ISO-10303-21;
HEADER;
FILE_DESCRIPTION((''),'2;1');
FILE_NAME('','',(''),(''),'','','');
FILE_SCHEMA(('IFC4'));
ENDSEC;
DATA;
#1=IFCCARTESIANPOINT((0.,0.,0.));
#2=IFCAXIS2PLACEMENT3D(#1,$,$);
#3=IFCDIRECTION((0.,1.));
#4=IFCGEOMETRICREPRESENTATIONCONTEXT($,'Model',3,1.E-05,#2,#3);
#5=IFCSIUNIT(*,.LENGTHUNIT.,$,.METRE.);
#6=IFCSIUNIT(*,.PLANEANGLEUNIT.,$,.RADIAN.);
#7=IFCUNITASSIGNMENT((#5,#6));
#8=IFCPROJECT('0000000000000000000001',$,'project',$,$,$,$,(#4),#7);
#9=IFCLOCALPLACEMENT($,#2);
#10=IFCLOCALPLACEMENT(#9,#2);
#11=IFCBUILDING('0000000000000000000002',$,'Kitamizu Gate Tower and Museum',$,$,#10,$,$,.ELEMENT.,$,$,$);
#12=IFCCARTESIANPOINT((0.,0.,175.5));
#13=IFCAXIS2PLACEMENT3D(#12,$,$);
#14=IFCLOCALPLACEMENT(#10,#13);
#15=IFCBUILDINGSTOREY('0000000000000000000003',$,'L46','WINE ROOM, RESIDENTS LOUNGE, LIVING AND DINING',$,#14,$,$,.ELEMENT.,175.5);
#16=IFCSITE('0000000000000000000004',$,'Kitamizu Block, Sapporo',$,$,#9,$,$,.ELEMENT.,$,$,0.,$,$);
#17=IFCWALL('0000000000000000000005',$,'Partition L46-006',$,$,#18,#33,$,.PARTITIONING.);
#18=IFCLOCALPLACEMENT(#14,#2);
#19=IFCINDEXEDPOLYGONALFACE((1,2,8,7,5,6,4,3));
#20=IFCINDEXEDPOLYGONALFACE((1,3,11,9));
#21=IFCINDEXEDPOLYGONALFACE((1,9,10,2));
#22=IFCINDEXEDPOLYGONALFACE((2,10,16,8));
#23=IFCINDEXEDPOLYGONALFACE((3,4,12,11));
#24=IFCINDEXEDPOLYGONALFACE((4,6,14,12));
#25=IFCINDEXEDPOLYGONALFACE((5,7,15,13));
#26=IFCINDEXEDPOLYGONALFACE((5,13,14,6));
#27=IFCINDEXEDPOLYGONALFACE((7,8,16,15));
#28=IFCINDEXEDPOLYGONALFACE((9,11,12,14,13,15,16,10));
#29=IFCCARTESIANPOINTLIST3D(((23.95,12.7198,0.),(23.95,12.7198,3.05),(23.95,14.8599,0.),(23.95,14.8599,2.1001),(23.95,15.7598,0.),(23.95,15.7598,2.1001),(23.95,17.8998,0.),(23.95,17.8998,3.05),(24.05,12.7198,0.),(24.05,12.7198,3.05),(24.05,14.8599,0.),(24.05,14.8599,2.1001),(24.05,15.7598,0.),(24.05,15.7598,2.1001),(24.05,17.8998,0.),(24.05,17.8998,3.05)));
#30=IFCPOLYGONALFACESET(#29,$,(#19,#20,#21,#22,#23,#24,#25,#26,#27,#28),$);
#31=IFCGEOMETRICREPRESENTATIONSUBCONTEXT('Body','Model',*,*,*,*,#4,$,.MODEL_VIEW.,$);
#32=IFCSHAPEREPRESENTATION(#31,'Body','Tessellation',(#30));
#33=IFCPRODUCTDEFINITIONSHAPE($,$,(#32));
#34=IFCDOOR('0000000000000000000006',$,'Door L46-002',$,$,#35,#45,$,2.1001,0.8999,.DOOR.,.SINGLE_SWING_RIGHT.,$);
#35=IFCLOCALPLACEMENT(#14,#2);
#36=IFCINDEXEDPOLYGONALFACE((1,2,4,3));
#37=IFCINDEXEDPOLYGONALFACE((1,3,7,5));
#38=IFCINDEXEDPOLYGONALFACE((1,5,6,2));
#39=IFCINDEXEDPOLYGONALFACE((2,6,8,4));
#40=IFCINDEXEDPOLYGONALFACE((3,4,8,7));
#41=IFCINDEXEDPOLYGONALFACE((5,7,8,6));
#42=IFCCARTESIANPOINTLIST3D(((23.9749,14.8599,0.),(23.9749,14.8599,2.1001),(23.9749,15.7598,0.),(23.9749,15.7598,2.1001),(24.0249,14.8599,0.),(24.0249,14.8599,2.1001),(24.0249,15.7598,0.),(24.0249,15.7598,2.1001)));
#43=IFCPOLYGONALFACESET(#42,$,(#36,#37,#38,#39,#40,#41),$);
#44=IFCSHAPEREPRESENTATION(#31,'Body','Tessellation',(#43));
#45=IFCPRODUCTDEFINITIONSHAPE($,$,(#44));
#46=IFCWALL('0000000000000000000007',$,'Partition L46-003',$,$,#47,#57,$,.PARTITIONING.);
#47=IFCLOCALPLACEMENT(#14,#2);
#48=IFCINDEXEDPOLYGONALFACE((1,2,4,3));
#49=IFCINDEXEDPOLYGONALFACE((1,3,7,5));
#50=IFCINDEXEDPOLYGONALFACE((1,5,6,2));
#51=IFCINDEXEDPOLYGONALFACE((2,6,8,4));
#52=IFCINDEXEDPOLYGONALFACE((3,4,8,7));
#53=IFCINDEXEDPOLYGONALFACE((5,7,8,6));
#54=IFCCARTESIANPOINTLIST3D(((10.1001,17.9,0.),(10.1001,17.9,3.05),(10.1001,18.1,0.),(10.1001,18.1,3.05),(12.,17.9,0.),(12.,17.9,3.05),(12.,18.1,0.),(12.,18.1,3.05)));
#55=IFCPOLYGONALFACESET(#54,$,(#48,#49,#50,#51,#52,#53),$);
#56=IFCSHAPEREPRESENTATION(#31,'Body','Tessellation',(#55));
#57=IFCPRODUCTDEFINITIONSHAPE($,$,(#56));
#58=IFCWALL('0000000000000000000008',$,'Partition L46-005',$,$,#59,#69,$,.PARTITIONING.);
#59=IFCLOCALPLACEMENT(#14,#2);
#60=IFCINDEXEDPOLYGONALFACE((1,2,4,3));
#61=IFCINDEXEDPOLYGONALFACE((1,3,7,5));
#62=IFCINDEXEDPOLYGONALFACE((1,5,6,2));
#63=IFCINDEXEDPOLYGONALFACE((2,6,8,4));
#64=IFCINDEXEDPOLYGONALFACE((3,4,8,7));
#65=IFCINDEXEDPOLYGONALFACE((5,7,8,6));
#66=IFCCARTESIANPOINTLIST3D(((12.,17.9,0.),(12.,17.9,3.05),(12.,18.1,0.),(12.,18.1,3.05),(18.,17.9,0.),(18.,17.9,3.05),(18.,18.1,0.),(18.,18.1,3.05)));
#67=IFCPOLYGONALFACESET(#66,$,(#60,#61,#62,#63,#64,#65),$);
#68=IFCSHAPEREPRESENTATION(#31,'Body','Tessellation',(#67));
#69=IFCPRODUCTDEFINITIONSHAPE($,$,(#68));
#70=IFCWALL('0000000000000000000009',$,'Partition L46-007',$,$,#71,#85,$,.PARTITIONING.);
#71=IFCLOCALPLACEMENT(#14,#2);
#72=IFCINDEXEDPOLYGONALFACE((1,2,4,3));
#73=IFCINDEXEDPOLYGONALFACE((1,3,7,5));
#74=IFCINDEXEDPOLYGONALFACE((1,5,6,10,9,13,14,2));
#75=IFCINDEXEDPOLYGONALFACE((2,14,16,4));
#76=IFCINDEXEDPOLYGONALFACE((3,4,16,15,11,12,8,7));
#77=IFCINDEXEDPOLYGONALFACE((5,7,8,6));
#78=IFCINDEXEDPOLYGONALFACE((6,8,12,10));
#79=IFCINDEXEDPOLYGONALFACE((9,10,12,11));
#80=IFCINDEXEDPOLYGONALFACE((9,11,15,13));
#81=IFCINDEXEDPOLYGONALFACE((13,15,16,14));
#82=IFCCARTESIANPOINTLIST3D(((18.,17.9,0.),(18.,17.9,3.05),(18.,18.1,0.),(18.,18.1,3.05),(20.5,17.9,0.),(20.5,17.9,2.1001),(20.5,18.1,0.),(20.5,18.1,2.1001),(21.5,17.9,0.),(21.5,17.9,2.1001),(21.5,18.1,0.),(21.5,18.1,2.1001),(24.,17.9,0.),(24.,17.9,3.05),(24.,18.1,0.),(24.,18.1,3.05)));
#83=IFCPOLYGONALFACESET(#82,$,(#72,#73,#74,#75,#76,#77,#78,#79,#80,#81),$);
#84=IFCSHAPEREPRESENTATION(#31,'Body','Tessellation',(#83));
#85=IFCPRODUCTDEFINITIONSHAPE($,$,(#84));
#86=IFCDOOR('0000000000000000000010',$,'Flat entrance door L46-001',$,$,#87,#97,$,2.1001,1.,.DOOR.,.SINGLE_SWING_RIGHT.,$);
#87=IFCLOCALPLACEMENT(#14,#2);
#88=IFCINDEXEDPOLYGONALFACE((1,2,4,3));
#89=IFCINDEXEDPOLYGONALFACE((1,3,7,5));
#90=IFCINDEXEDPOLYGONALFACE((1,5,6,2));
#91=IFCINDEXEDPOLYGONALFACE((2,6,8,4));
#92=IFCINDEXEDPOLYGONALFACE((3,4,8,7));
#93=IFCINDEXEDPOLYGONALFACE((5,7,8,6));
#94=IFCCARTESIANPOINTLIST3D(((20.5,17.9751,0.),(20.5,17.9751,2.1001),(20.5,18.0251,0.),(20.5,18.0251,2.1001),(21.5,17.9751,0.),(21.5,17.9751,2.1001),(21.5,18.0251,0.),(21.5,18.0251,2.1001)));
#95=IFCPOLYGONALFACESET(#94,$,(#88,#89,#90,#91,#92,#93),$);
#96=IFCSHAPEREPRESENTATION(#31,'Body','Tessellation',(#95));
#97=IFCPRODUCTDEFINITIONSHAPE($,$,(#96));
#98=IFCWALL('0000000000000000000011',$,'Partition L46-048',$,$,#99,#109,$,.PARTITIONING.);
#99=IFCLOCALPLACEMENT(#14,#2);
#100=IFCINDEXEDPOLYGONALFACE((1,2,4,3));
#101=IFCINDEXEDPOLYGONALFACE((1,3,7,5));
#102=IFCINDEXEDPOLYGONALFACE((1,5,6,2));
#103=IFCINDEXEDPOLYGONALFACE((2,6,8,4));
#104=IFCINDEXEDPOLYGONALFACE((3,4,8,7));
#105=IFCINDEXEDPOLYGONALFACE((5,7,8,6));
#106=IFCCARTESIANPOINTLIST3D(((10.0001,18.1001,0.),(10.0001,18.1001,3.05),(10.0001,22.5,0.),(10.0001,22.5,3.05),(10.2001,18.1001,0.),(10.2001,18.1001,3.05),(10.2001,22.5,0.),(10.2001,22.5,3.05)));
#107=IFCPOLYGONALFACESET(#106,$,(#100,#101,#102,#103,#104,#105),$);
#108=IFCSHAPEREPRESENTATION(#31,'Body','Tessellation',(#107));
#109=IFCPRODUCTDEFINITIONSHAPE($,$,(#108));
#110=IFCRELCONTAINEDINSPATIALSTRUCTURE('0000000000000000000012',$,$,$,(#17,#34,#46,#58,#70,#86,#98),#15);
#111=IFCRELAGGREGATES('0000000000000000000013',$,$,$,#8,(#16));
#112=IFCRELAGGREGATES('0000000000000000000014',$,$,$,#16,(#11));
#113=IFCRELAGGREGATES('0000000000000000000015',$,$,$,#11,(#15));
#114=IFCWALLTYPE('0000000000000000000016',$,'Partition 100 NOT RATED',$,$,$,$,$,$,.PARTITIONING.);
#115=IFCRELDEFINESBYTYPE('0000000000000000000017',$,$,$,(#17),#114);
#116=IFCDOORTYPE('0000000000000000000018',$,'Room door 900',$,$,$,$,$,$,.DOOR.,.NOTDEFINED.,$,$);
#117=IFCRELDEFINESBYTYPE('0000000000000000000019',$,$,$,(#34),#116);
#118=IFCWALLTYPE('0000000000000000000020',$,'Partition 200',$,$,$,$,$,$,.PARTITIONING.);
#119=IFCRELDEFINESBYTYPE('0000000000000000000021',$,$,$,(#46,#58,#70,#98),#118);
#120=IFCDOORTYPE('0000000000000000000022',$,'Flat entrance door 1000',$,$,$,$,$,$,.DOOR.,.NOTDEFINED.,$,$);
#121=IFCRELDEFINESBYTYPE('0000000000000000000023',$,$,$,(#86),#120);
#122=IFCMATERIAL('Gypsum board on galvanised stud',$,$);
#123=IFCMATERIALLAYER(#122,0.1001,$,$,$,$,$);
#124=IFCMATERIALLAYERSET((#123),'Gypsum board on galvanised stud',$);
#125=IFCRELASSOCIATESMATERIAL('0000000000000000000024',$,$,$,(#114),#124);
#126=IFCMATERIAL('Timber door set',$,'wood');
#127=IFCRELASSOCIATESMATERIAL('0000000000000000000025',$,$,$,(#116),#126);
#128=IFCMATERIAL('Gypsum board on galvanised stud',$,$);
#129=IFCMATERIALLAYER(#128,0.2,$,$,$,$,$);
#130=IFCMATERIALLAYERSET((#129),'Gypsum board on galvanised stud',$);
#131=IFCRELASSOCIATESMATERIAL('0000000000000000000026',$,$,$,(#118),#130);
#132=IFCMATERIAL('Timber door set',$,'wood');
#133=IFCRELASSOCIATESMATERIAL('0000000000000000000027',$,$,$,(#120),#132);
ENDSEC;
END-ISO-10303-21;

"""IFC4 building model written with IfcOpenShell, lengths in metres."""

from ifc_helpers import new_model, si_unit, direction, frame, frame_2d, origin, place, context, subcontext, project, spatial, rectangle, extrude, material, layer, layer_set, type_object, element, fill, save


model = new_model("IFC4")

# Units and contexts
model_context = context("Model", 3, precision=1e-05, world=origin(), true_north=direction((0.0, 1.0)))
body_context = subcontext(model_context, "Body", "Model", "MODEL_VIEW")
ifc_project = project(units=[si_unit("LENGTHUNIT", "METRE"), si_unit("PLANEANGLEUNIT", "RADIAN")], contexts=[model_context])

# Site, building, storey
site_placement = place(None, origin())
site = spatial("IfcSite", under=ifc_project, at=site_placement, Name="Kitamizu Block, Sapporo", CompositionType="ELEMENT", RefElevation=0.0)
building_placement = place(site_placement, origin())
building = spatial("IfcBuilding", under=site, at=building_placement, Name="Kitamizu Gate Tower and Museum", CompositionType="ELEMENT")
storey_placement = place(building_placement, frame((0.0, 0.0, 175.5)))
storey = spatial("IfcBuildingStorey", under=building, at=storey_placement, Name="L46", Description="WINE ROOM, RESIDENTS LOUNGE, LIVING AND DINING", CompositionType="ELEMENT", Elevation=175.5)

# Wall, opening, door
ifc_material_1 = material(Name="Gypsum board on galvanised stud")
ifc_layer_1 = layer(ifc_material_1, 0.1001)
ifc_layer_set_1 = layer_set([ifc_layer_1], Name="Gypsum board on galvanised stud")
wall_type_1 = type_object("IfcWallType", Name="Partition 100 NOT RATED", PredefinedType="PARTITIONING", material=ifc_layer_set_1)
ifc_material_2 = material(Name="Timber door set", Category="wood")
door_type_1 = type_object("IfcDoorType", Name="Room door 900", OperationType="NOTDEFINED", PredefinedType="DOOR", material=ifc_material_2)
wall_1_placement = place(storey_placement, frame((24.0, 12.72, 0.0), z_axis=(0.0, 0.0, 1.0), x_axis=(0.0, 1.0, 0.0)))
wall_1 = element("IfcWall", 1, at=wall_1_placement, inside=storey, type_object=wall_type_1, Name="Partition L46-006", PredefinedType="PARTITIONING", context=body_context, shape_type="SweptSolid", body=[
    extrude(rectangle(XDim=5.1799, YDim=0.1001, at=frame_2d((2.5898, 0.0))), origin(), (0.0, 0.0, 1.0), 3.05),
])
opening_1_placement = place(wall_1_placement, frame((2.1399, 0.0, 0.0)))
opening_1 = element("IfcOpeningElement", 2, at=opening_1_placement, cuts=wall_1, PredefinedType="OPENING", context=body_context, shape_type="SweptSolid", body=[
    extrude(rectangle(XDim=0.8999, YDim=2.1001, at=frame_2d((0.45, 1.05))), frame((0.0, 0.0601, 0.0), z_axis=(0.0, -1.0, 0.0), x_axis=(1.0, 0.0, 0.0)), (0.0, 0.0, 1.0), 0.1201),
])
door_1_placement = place(opening_1_placement, frame((0.8999, 0.0, 0.0), x_axis=(-1.0, 0.0, 0.0)))
door_1 = element("IfcDoor", 3, at=door_1_placement, inside=storey, type_object=door_type_1, Name="Door L46-002", OperationType="SINGLE_SWING_RIGHT", OverallHeight=2.1001, OverallWidth=0.8999, PredefinedType="DOOR", context=body_context, shape_type="SweptSolid", body=[
    extrude(rectangle(XDim=0.8999, YDim=2.1001, at=frame_2d((0.45, 1.05))), frame((0.0, 0.0249, 0.0), z_axis=(0.0, -1.0, 0.0), x_axis=(1.0, 0.0, 0.0)), (0.0, 0.0, 1.0), 0.05),
])
fill(opening_1, door_1)

# Walls
ifc_material_3 = material(Name="Gypsum board on galvanised stud")
ifc_layer_2 = layer(ifc_material_3, 0.2)
ifc_layer_set_2 = layer_set([ifc_layer_2], Name="Gypsum board on galvanised stud")
wall_type_2 = type_object("IfcWallType", Name="Partition 200", PredefinedType="PARTITIONING", material=ifc_layer_set_2)
wall_2_placement = place(storey_placement, frame((12.0, 18.0, 0.0), z_axis=(0.0, 0.0, 1.0), x_axis=(-1.0, 0.0, 0.0)))
element("IfcWall", 4, at=wall_2_placement, inside=storey, type_object=wall_type_2, Name="Partition L46-003", PredefinedType="PARTITIONING", context=body_context, shape_type="SweptSolid", body=[
    extrude(rectangle(XDim=1.8999, YDim=0.2, at=frame_2d((0.95, 0.0))), origin(), (0.0, 0.0, 1.0), 3.05),
])
wall_3_placement = place(storey_placement, frame((18.0, 18.0, 0.0), z_axis=(0.0, 0.0, 1.0), x_axis=(-1.0, 0.0, 0.0)))
element("IfcWall", 5, at=wall_3_placement, inside=storey, type_object=wall_type_2, Name="Partition L46-005", PredefinedType="PARTITIONING", context=body_context, shape_type="SweptSolid", body=[
    extrude(rectangle(XDim=6.0, YDim=0.2, at=frame_2d((3.0, 0.0))), origin(), (0.0, 0.0, 1.0), 3.05),
])

# Wall, opening, door
wall_4_placement = place(storey_placement, frame((24.0, 18.0, 0.0), z_axis=(0.0, 0.0, 1.0), x_axis=(-1.0, 0.0, 0.0)))
wall_4 = element("IfcWall", 6, at=wall_4_placement, inside=storey, type_object=wall_type_2, Name="Partition L46-007", PredefinedType="PARTITIONING", context=body_context, shape_type="SweptSolid", body=[
    extrude(rectangle(XDim=6.0, YDim=0.2, at=frame_2d((3.0, 0.0))), origin(), (0.0, 0.0, 1.0), 3.05),
])
opening_2_placement = place(wall_4_placement, frame((2.5, 0.0, 0.0)))
opening_2 = element("IfcOpeningElement", 7, at=opening_2_placement, cuts=wall_4, PredefinedType="OPENING", context=body_context, shape_type="SweptSolid", body=[
    extrude(rectangle(XDim=1.0, YDim=2.1001, at=frame_2d((0.5, 1.05))), frame((0.0, 0.1099, 0.0), z_axis=(0.0, -1.0, 0.0), x_axis=(1.0, 0.0, 0.0)), (0.0, 0.0, 1.0), 0.22),
])
ifc_material_4 = material(Name="Timber door set", Category="wood")
door_type_2 = type_object("IfcDoorType", Name="Flat entrance door 1000", OperationType="NOTDEFINED", PredefinedType="DOOR", material=ifc_material_4)
door_2_placement = place(opening_2_placement, origin())
door_2 = element("IfcDoor", 8, at=door_2_placement, inside=storey, type_object=door_type_2, Name="Flat entrance door L46-001", OperationType="SINGLE_SWING_RIGHT", OverallHeight=2.1001, OverallWidth=1.0, PredefinedType="DOOR", context=body_context, shape_type="SweptSolid", body=[
    extrude(rectangle(XDim=1.0, YDim=2.1001, at=frame_2d((0.5, 1.05))), frame((0.0, 0.0249, 0.0), z_axis=(0.0, -1.0, 0.0), x_axis=(1.0, 0.0, 0.0)), (0.0, 0.0, 1.0), 0.05),
])
fill(opening_2, door_2)

# Wall
wall_5_placement = place(storey_placement, frame((10.1001, 18.1001, 0.0), z_axis=(0.0, 0.0, 1.0), x_axis=(0.0, 1.0, 0.0)))
element("IfcWall", 9, at=wall_5_placement, inside=storey, type_object=wall_type_2, Name="Partition L46-048", PredefinedType="PARTITIONING", context=body_context, shape_type="SweptSolid", body=[
    extrude(rectangle(XDim=4.3999, YDim=0.2, at=frame_2d((2.2, 0.0))), origin(), (0.0, 0.0, 1.0), 3.05),
])

save(model, "model.ifc")
